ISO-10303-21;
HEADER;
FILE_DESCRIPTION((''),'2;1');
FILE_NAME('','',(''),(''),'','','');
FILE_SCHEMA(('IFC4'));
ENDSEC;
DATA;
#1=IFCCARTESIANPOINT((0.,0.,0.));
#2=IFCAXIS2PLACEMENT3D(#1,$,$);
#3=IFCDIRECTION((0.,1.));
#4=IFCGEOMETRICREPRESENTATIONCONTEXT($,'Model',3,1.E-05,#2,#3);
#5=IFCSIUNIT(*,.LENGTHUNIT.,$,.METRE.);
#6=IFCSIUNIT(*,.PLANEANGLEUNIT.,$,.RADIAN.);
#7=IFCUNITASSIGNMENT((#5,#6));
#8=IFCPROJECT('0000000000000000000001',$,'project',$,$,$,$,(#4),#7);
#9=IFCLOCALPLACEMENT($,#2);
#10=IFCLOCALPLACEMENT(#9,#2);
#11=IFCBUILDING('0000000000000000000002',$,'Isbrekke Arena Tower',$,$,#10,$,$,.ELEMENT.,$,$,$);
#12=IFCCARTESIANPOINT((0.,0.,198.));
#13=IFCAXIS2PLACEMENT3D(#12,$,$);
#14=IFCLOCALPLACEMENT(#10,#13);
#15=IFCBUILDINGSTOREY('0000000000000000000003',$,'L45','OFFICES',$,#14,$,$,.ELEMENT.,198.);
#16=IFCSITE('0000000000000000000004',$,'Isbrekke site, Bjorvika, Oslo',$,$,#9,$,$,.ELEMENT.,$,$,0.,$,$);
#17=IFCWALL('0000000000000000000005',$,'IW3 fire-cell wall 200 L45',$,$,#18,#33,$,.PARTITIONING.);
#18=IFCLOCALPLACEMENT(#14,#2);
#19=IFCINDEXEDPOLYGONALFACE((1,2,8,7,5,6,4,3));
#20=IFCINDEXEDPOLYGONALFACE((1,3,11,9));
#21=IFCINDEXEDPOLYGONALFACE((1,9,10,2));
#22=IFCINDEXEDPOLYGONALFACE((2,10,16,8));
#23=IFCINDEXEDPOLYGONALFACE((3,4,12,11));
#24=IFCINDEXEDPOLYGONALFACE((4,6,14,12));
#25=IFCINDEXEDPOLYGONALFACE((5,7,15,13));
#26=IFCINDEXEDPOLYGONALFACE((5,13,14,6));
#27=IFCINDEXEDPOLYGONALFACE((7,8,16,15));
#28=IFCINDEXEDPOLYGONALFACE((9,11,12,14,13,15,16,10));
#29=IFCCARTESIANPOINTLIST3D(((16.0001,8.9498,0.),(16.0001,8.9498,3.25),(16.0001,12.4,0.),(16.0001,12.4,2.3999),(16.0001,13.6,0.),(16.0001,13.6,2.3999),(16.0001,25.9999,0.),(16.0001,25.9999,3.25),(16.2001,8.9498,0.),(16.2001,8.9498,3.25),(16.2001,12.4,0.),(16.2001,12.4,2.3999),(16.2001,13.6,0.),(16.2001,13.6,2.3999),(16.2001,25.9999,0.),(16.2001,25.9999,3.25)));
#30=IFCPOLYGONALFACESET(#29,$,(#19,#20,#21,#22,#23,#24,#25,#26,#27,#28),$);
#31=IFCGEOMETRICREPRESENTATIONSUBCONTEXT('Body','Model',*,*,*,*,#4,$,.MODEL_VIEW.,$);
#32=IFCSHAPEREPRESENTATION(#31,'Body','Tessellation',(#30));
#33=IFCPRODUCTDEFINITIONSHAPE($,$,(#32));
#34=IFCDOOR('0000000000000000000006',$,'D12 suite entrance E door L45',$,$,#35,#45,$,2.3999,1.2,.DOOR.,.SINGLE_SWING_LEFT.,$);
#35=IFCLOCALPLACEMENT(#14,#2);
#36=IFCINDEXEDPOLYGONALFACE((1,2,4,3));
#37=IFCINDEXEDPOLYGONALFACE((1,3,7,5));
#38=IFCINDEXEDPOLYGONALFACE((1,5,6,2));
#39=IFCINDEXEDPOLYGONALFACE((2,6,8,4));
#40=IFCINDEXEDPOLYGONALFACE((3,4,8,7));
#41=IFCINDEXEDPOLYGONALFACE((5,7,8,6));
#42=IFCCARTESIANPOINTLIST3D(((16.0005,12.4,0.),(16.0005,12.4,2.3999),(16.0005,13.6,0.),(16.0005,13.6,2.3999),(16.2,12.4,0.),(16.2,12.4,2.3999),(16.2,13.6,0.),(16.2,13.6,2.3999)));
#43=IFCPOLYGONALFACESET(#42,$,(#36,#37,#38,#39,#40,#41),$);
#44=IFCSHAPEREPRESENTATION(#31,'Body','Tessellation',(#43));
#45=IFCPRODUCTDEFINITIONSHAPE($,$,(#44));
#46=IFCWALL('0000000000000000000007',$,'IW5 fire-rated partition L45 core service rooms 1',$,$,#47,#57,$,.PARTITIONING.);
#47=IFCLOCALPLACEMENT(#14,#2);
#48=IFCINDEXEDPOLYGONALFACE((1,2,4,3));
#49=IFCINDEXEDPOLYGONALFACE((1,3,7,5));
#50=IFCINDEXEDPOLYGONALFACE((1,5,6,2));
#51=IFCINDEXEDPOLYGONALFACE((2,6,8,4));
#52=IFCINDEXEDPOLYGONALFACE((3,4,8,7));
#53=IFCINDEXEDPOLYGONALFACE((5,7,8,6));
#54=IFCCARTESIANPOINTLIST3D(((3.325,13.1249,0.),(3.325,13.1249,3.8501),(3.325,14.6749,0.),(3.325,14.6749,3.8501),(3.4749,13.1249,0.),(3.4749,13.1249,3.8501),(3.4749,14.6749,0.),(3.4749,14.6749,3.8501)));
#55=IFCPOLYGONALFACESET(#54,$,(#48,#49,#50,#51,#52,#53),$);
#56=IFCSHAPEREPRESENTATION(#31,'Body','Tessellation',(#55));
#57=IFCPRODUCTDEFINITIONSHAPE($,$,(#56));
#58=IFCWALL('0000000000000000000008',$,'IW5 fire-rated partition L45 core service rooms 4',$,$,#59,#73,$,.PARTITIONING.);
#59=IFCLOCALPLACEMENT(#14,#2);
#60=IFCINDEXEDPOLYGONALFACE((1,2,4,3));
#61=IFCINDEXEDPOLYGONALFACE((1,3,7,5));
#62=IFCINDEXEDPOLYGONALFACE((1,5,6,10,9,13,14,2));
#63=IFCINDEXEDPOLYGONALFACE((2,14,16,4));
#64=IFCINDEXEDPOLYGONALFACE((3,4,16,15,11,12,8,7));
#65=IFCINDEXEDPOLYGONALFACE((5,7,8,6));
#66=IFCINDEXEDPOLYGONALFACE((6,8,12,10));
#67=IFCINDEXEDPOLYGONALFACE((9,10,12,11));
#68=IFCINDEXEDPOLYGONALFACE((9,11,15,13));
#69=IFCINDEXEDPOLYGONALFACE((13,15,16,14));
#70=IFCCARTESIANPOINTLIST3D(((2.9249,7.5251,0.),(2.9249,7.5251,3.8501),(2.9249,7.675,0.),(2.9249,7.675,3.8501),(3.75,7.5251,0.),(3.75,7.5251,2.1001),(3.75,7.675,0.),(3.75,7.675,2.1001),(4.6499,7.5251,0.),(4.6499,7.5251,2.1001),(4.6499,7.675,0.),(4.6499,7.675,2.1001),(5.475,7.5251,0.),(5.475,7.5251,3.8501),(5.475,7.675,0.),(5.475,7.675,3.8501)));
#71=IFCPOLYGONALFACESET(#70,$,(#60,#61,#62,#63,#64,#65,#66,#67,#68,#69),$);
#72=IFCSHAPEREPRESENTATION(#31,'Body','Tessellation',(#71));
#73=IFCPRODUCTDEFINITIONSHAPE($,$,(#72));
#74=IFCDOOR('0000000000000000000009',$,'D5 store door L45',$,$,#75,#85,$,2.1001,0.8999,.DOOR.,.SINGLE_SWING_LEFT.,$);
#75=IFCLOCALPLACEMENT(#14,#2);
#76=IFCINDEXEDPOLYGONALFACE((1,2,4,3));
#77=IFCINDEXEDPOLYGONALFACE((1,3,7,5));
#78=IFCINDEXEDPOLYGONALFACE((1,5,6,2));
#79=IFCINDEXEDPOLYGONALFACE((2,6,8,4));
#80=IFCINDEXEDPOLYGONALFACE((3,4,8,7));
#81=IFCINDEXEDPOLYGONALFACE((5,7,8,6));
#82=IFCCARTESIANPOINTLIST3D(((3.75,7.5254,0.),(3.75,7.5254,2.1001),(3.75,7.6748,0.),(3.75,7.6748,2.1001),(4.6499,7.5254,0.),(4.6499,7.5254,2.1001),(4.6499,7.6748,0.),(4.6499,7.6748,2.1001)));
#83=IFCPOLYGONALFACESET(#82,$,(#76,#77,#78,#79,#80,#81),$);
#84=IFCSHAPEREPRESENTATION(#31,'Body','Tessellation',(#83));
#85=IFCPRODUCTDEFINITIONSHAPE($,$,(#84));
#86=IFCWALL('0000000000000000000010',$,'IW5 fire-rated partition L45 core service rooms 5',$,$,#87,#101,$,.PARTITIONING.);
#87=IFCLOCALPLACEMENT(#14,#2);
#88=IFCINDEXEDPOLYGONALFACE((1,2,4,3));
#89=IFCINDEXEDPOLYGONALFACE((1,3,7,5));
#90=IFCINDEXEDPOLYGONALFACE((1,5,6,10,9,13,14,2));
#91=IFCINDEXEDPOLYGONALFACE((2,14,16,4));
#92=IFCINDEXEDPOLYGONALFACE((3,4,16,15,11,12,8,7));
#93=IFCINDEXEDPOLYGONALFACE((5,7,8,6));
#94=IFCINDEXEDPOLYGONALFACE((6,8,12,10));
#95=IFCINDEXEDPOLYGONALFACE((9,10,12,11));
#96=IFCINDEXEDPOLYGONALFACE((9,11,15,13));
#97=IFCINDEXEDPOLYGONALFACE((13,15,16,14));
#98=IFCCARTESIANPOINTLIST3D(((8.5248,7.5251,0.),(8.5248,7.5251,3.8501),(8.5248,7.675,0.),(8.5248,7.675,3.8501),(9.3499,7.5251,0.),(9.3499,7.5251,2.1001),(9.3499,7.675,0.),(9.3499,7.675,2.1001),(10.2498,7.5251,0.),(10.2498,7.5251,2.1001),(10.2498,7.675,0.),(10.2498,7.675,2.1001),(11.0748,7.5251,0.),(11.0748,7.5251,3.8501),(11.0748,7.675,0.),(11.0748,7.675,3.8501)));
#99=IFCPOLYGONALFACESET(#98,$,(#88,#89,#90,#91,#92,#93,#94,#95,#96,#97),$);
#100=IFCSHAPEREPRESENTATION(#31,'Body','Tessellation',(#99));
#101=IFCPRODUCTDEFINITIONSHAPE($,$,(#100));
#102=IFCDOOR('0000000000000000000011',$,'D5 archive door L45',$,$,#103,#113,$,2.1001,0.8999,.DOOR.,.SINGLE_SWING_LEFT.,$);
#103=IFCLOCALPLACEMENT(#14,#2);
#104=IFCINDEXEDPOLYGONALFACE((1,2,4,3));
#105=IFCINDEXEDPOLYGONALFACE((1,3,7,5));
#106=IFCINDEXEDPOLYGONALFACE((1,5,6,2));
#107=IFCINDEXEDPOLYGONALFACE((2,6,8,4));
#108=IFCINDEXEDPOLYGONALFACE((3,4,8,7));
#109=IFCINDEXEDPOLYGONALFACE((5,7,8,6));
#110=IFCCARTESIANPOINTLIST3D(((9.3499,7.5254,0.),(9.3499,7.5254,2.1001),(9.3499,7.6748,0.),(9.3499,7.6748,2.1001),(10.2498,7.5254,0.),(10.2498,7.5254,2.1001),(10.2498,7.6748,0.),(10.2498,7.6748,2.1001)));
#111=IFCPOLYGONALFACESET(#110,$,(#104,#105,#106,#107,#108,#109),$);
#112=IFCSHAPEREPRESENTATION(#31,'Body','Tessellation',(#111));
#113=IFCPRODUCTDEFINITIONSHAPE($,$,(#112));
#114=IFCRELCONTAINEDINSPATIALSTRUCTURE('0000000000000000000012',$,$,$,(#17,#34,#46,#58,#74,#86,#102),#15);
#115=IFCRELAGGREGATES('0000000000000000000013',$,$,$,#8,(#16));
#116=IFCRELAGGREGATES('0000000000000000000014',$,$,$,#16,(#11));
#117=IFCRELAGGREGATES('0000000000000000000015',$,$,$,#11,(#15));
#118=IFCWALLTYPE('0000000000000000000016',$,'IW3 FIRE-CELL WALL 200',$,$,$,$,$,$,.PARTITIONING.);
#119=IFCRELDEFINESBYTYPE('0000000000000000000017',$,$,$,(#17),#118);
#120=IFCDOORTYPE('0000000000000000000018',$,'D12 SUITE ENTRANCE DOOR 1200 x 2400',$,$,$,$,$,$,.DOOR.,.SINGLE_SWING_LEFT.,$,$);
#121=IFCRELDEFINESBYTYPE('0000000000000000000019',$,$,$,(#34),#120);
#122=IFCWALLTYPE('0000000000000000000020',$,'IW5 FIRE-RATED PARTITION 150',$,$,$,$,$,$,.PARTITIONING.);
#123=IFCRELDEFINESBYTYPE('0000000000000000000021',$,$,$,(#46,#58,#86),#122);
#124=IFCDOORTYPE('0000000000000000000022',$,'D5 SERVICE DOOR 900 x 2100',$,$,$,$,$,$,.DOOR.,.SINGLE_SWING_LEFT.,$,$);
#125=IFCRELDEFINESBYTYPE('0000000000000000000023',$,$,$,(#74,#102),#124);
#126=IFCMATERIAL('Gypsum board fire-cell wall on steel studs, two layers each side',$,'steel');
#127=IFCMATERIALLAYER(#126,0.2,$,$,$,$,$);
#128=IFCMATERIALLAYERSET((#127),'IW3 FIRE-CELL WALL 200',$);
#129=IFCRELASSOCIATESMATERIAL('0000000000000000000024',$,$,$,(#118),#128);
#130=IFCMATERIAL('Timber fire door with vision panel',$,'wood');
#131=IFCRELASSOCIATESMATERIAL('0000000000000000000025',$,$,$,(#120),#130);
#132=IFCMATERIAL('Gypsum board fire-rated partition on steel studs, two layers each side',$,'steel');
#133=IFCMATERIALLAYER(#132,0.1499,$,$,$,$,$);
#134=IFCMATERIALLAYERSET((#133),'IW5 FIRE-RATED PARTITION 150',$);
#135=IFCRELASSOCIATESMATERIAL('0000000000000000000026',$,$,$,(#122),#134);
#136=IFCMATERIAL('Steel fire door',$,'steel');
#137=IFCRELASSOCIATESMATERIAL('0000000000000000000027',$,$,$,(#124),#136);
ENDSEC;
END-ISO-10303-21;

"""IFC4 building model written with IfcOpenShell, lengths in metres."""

from ifc_helpers import new_model, si_unit, direction, frame, frame_2d, origin, place, context, subcontext, project, spatial, rectangle, extrude, material, layer, layer_set, type_object, element, fill, save


model = new_model("IFC4")

# Units and contexts
model_context = context("Model", 3, precision=1e-05, world=origin(), true_north=direction((0.0, 1.0)))
body_context = subcontext(model_context, "Body", "Model", "MODEL_VIEW")
ifc_project = project(units=[si_unit("LENGTHUNIT", "METRE"), si_unit("PLANEANGLEUNIT", "RADIAN")], contexts=[model_context])

# Site, building, storey
site_placement = place(None, origin())
site = spatial("IfcSite", under=ifc_project, at=site_placement, Name="Isbrekke site, Bjorvika, Oslo", CompositionType="ELEMENT", RefElevation=0.0)
building_placement = place(site_placement, origin())
building = spatial("IfcBuilding", under=site, at=building_placement, Name="Isbrekke Arena Tower", CompositionType="ELEMENT")
storey_placement = place(building_placement, frame((0.0, 0.0, 198.0)))
storey = spatial("IfcBuildingStorey", under=building, at=storey_placement, Name="L45", Description="OFFICES", CompositionType="ELEMENT", Elevation=198.0)

# Shared definitions
ifc_material_1 = material(Name="Gypsum board fire-cell wall on steel studs, two layers each side", Category="steel")
ifc_layer_1 = layer(ifc_material_1, 0.2)
ifc_layer_set_1 = layer_set([ifc_layer_1], Name="IW3 FIRE-CELL WALL 200")
wall_type_1 = type_object("IfcWallType", Name="IW3 FIRE-CELL WALL 200", PredefinedType="PARTITIONING", material=ifc_layer_set_1)

# Wall, opening, door
wall_1_placement = place(storey_placement, frame((16.1001, 8.95, 0.0), z_axis=(0.0, 0.0, 1.0), x_axis=(0.0, 1.0, 0.0)))
wall_1 = element("IfcWall", 1, at=wall_1_placement, inside=storey, type_object=wall_type_1, Name="IW3 fire-cell wall 200 L45", PredefinedType="PARTITIONING", context=body_context, shape_type="SweptSolid", body=[
    extrude(rectangle(XDim=17.05, YDim=0.2, at=frame_2d((8.5249, 0.0))), origin(), (0.0, 0.0, 1.0), 3.25),
])
opening_1_placement = place(wall_1_placement, frame((3.45, 0.0, 0.0)))
opening_1 = element("IfcOpeningElement", 2, at=opening_1_placement, cuts=wall_1, PredefinedType="OPENING", context=body_context, shape_type="SweptSolid", body=[
    extrude(rectangle(XDim=1.2, YDim=2.3999, at=frame_2d((0.6001, 1.2))), frame((0.0, 0.1147, 0.0), z_axis=(0.0, -1.0, 0.0), x_axis=(1.0, 0.0, 0.0)), (0.0, 0.0, 1.0), 0.2297),
])
ifc_material_2 = material(Name="Timber fire door with vision panel", Category="wood")
door_type_1 = type_object("IfcDoorType", Name="D12 SUITE ENTRANCE DOOR 1200 x 2400", OperationType="SINGLE_SWING_LEFT", PredefinedType="DOOR", material=ifc_material_2)
door_1_placement = place(opening_1_placement, origin())
door_1 = element("IfcDoor", 3, at=door_1_placement, inside=storey, type_object=door_type_1, Name="D12 suite entrance E door L45", OperationType="SINGLE_SWING_LEFT", OverallHeight=2.3999, OverallWidth=1.2, PredefinedType="DOOR", context=body_context, shape_type="SweptSolid", body=[
    extrude(rectangle(XDim=1.2, YDim=2.3999, at=frame_2d((0.6001, 1.2))), frame((0.0, 0.0996, 0.0), z_axis=(0.0, -1.0, 0.0), x_axis=(1.0, 0.0, 0.0)), (0.0, 0.0, 1.0), 0.1995),
])
fill(opening_1, door_1)

# Wall
ifc_material_3 = material(Name="Gypsum board fire-rated partition on steel studs, two layers each side", Category="steel")
ifc_layer_2 = layer(ifc_material_3, 0.1499)
ifc_layer_set_2 = layer_set([ifc_layer_2], Name="IW5 FIRE-RATED PARTITION 150")
wall_type_2 = type_object("IfcWallType", Name="IW5 FIRE-RATED PARTITION 150", PredefinedType="PARTITIONING", material=ifc_layer_set_2)
wall_2_placement = place(storey_placement, frame((3.3999, 13.125, 0.0), z_axis=(0.0, 0.0, 1.0), x_axis=(0.0, 1.0, 0.0)))
element("IfcWall", 4, at=wall_2_placement, inside=storey, type_object=wall_type_2, Name="IW5 fire-rated partition L45 core service rooms 1", PredefinedType="PARTITIONING", context=body_context, shape_type="SweptSolid", body=[
    extrude(rectangle(XDim=1.55, YDim=0.1499, at=frame_2d((0.7749, 0.0))), origin(), (0.0, 0.0, 1.0), 3.8501),
])

# Walls, openings, doors
wall_3_placement = place(storey_placement, frame((2.925, 7.6001, 0.0), z_axis=(0.0, 0.0, 1.0), x_axis=(1.0, 0.0, 0.0)))
wall_3 = element("IfcWall", 5, at=wall_3_placement, inside=storey, type_object=wall_type_2, Name="IW5 fire-rated partition L45 core service rooms 4", PredefinedType="PARTITIONING", context=body_context, shape_type="SweptSolid", body=[
    extrude(rectangle(XDim=2.55, YDim=0.1499, at=frame_2d((1.2749, 0.0))), origin(), (0.0, 0.0, 1.0), 3.8501),
])
opening_2_placement = place(wall_3_placement, frame((0.825, 0.0, 0.0)))
opening_2 = element("IfcOpeningElement", 6, at=opening_2_placement, cuts=wall_3, PredefinedType="OPENING", context=body_context, shape_type="SweptSolid", body=[
    extrude(rectangle(XDim=0.8999, YDim=2.1001, at=frame_2d((0.45, 1.05))), frame((0.0, 0.0898, 0.0), z_axis=(0.0, -1.0, 0.0), x_axis=(1.0, 0.0, 0.0)), (0.0, 0.0, 1.0), 0.1797),
])
ifc_material_4 = material(Name="Steel fire door", Category="steel")
door_type_2 = type_object("IfcDoorType", Name="D5 SERVICE DOOR 900 x 2100", OperationType="SINGLE_SWING_LEFT", PredefinedType="DOOR", material=ifc_material_4)
door_2_placement = place(opening_2_placement, origin())
door_2 = element("IfcDoor", 7, at=door_2_placement, inside=storey, type_object=door_type_2, Name="D5 store door L45", OperationType="SINGLE_SWING_LEFT", OverallHeight=2.1001, OverallWidth=0.8999, PredefinedType="DOOR", context=body_context, shape_type="SweptSolid", body=[
    extrude(rectangle(XDim=0.8999, YDim=2.1001, at=frame_2d((0.45, 1.05))), frame((0.0, 0.0747, 0.0), z_axis=(0.0, -1.0, 0.0), x_axis=(1.0, 0.0, 0.0)), (0.0, 0.0, 1.0), 0.1494),
])
fill(opening_2, door_2)
wall_4_placement = place(storey_placement, frame((8.5249, 7.6001, 0.0), z_axis=(0.0, 0.0, 1.0), x_axis=(1.0, 0.0, 0.0)))
wall_4 = element("IfcWall", 8, at=wall_4_placement, inside=storey, type_object=wall_type_2, Name="IW5 fire-rated partition L45 core service rooms 5", PredefinedType="PARTITIONING", context=body_context, shape_type="SweptSolid", body=[
    extrude(rectangle(XDim=2.55, YDim=0.1499, at=frame_2d((1.2749, 0.0))), origin(), (0.0, 0.0, 1.0), 3.8501),
])
opening_3_placement = place(wall_4_placement, frame((0.825, 0.0, 0.0)))
opening_3 = element("IfcOpeningElement", 9, at=opening_3_placement, cuts=wall_4, PredefinedType="OPENING", context=body_context, shape_type="SweptSolid", body=[
    extrude(rectangle(XDim=0.8999, YDim=2.1001, at=frame_2d((0.45, 1.05))), frame((0.0, 0.0898, 0.0), z_axis=(0.0, -1.0, 0.0), x_axis=(1.0, 0.0, 0.0)), (0.0, 0.0, 1.0), 0.1797),
])
door_3_placement = place(opening_3_placement, origin())
door_3 = element("IfcDoor", 10, at=door_3_placement, inside=storey, type_object=door_type_2, Name="D5 archive door L45", OperationType="SINGLE_SWING_LEFT", OverallHeight=2.1001, OverallWidth=0.8999, PredefinedType="DOOR", context=body_context, shape_type="SweptSolid", body=[
    extrude(rectangle(XDim=0.8999, YDim=2.1001, at=frame_2d((0.45, 1.05))), frame((0.0, 0.0747, 0.0), z_axis=(0.0, -1.0, 0.0), x_axis=(1.0, 0.0, 0.0)), (0.0, 0.0, 1.0), 0.1494),
])
fill(opening_3, door_3)

save(model, "model.ifc")
